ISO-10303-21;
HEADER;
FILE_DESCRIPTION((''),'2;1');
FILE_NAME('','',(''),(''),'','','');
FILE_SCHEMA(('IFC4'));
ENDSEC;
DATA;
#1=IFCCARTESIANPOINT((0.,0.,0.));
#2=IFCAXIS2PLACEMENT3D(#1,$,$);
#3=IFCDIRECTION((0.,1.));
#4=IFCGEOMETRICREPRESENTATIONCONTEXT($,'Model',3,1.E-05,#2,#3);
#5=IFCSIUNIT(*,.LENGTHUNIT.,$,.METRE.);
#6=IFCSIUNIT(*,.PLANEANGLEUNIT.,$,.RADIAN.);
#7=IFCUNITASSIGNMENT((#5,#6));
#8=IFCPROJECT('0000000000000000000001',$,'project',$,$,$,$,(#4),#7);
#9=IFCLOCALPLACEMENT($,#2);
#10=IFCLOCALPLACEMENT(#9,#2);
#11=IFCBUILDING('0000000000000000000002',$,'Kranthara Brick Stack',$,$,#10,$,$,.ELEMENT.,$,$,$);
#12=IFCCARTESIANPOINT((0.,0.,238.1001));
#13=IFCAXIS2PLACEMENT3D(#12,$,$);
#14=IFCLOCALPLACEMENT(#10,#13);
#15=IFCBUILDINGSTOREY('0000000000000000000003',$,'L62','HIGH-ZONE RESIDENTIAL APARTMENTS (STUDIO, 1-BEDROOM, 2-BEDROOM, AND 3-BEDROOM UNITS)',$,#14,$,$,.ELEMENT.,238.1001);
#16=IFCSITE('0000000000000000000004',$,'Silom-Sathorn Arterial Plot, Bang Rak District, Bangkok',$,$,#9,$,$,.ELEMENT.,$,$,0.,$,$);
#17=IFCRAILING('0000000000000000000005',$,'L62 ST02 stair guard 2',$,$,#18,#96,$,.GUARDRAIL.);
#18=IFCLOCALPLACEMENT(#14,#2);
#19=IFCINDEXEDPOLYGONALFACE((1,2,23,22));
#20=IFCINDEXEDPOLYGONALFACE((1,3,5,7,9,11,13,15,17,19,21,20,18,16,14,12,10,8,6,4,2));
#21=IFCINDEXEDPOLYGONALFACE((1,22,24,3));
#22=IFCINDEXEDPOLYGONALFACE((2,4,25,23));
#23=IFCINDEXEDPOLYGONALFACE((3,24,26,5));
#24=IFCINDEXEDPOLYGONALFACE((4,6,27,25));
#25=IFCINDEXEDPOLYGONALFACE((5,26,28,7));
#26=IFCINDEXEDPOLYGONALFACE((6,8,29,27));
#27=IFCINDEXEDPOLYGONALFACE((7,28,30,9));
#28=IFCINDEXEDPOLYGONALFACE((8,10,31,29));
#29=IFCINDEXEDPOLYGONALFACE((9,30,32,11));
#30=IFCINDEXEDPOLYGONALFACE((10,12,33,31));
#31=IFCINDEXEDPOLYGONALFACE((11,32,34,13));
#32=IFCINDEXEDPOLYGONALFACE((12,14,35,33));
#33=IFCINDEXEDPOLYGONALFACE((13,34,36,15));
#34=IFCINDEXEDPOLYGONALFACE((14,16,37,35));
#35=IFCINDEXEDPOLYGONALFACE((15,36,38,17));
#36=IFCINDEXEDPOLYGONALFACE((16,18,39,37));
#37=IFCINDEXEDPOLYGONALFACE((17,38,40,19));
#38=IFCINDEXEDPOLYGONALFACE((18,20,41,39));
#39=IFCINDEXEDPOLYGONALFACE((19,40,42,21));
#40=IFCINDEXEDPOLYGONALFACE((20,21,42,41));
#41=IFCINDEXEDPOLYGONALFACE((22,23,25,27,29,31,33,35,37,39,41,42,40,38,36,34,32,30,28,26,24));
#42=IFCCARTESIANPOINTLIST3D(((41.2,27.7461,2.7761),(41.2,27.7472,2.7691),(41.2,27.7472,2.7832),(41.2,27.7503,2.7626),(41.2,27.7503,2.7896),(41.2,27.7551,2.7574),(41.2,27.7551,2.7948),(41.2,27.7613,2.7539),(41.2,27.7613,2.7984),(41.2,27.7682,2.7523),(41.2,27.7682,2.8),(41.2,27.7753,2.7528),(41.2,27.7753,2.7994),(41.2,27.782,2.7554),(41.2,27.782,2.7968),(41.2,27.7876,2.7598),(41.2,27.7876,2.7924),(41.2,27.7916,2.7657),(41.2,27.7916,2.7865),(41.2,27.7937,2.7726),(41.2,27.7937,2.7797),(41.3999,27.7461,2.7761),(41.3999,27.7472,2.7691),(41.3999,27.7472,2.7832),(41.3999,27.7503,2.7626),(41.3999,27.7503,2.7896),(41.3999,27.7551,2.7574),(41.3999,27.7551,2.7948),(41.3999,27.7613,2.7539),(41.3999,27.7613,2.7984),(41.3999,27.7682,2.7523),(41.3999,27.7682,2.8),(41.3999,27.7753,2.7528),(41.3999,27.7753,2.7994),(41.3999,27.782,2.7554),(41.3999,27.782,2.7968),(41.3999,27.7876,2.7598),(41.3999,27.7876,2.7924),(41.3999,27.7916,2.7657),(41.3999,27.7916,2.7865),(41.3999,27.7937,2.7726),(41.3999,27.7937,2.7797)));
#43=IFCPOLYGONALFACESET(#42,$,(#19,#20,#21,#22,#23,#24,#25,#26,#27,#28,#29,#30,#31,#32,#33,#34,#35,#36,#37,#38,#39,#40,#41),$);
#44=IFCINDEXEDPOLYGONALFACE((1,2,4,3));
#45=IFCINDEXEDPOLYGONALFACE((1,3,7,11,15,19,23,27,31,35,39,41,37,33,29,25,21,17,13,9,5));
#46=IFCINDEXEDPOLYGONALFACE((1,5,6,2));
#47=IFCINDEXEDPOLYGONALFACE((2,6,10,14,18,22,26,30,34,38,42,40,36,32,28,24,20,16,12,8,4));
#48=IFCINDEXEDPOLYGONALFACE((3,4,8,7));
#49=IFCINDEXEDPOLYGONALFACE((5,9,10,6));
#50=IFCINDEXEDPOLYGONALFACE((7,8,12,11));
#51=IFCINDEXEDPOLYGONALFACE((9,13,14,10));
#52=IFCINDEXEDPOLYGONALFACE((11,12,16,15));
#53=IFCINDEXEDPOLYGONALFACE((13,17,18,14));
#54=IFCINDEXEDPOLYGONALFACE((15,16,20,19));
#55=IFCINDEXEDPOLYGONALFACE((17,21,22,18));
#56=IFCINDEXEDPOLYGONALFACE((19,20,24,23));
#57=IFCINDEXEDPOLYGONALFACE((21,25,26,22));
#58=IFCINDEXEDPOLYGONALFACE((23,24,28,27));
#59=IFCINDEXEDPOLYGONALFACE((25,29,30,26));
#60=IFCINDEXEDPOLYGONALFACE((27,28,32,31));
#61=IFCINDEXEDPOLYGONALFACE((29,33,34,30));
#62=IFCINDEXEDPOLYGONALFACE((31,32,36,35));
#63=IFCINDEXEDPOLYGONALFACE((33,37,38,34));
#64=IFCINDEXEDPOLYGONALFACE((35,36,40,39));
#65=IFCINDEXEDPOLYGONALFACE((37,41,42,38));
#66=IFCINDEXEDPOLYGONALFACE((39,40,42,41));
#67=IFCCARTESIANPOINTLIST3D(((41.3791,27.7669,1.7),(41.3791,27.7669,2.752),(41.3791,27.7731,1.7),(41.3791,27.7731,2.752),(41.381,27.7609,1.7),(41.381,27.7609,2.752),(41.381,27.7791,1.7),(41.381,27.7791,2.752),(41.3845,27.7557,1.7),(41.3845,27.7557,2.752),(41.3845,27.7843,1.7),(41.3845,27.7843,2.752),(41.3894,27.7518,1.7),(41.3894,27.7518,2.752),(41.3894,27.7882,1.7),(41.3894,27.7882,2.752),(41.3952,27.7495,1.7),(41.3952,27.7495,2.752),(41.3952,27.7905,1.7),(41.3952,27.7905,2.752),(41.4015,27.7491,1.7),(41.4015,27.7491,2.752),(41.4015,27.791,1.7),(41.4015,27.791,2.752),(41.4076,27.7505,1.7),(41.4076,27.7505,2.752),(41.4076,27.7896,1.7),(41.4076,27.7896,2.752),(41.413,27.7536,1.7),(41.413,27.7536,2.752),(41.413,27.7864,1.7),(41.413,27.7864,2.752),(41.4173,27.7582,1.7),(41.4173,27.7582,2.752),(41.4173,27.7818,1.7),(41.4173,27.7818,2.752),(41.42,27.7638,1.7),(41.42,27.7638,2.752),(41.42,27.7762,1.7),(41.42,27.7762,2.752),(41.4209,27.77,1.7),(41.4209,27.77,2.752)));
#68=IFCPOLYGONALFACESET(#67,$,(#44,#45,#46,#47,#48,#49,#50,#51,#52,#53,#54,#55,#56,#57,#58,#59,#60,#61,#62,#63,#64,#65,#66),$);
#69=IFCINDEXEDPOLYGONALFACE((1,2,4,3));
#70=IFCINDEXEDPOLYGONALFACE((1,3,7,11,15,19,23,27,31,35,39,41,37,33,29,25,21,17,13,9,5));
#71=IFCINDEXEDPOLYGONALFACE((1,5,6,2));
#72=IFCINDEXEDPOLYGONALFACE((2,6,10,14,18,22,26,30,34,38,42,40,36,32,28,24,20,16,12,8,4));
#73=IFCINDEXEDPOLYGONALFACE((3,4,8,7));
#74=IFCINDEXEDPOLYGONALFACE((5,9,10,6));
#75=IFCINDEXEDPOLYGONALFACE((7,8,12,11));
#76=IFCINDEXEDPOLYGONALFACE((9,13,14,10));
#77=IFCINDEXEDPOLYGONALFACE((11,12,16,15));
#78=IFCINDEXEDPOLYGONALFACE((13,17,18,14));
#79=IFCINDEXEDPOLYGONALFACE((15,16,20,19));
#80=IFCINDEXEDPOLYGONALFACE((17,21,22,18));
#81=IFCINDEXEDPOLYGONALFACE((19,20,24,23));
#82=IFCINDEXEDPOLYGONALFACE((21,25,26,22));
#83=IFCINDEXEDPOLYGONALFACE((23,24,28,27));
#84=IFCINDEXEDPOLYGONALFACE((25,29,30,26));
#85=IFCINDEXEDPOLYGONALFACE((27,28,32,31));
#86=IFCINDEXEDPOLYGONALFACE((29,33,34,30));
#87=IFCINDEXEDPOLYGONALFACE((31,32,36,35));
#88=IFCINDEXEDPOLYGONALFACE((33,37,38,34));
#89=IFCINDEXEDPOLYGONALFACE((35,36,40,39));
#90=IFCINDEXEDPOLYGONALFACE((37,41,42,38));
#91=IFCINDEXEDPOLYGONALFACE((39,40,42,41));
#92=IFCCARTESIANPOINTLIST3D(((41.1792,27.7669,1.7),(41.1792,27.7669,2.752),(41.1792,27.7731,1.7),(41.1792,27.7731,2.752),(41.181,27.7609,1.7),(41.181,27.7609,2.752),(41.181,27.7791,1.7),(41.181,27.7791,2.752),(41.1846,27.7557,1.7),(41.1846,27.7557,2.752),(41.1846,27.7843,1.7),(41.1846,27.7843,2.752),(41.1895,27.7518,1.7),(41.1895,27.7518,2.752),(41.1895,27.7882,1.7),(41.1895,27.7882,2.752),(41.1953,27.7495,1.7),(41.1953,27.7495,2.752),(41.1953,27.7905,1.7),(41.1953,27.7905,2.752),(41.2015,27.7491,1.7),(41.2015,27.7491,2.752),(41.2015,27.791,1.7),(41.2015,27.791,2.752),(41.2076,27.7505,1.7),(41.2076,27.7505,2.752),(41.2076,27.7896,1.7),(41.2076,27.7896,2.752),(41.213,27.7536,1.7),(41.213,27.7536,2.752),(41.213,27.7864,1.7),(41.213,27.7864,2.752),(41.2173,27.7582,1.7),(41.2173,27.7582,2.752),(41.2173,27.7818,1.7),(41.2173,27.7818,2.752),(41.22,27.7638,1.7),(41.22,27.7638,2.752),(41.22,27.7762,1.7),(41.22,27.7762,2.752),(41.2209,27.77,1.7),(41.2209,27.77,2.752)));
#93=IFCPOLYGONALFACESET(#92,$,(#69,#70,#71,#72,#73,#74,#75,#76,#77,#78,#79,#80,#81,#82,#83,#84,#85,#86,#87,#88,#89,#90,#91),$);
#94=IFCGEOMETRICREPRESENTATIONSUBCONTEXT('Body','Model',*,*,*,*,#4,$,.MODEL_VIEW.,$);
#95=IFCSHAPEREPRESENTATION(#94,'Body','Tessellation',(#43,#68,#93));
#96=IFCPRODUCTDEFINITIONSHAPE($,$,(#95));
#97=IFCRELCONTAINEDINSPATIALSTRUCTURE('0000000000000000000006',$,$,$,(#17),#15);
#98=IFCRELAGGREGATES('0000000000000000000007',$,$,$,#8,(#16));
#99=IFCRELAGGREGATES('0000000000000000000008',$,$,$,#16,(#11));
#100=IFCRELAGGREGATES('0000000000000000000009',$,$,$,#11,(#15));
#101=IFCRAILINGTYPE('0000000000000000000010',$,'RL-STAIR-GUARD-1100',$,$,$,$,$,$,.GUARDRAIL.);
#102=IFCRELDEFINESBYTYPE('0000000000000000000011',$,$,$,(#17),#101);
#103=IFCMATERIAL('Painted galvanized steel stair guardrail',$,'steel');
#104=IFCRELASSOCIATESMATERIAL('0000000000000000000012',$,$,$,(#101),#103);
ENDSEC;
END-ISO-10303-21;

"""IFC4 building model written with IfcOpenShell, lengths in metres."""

from ifc_helpers import new_model, si_unit, direction, frame, origin, origin_2d, place, context, subcontext, project, spatial, circle, extrude, material, type_object, element, save


model = new_model("IFC4")

# Units and contexts
model_context = context("Model", 3, precision=1e-05, world=origin(), true_north=direction((0.0, 1.0)))
body_context = subcontext(model_context, "Body", "Model", "MODEL_VIEW")
ifc_project = project(units=[si_unit("LENGTHUNIT", "METRE"), si_unit("PLANEANGLEUNIT", "RADIAN")], contexts=[model_context])

# Site, building, storey
site_placement = place(None, origin())
site = spatial("IfcSite", under=ifc_project, at=site_placement, Name="Silom-Sathorn Arterial Plot, Bang Rak District, Bangkok", CompositionType="ELEMENT", RefElevation=0.0)
building_placement = place(site_placement, origin())
building = spatial("IfcBuilding", under=site, at=building_placement, Name="Kranthara Brick Stack", CompositionType="ELEMENT")
storey_placement = place(building_placement, frame((0.0, 0.0, 238.1001)))
storey = spatial("IfcBuildingStorey", under=building, at=storey_placement, Name="L62", Description="HIGH-ZONE RESIDENTIAL APARTMENTS (STUDIO, 1-BEDROOM, 2-BEDROOM, AND 3-BEDROOM UNITS)", CompositionType="ELEMENT", Elevation=238.1001)

# Railing
ifc_material_1 = material(Name="Painted galvanized steel stair guardrail", Category="steel")
railing_type = type_object("IfcRailingType", Name="RL-STAIR-GUARD-1100", PredefinedType="GUARDRAIL", material=ifc_material_1)
railing_1_placement = place(storey_placement, frame((41.3999, 27.77, 1.7)))
element("IfcRailing", 1, at=railing_1_placement, inside=storey, type_object=railing_type, Name="L62 ST02 stair guard 2", PredefinedType="GUARDRAIL", context=body_context, shape_type="SweptSolid", body=[
    extrude(circle(Radius=0.0239, at=origin_2d()), frame((0.0, 0.0, 1.0762), z_axis=(-1.0, 0.0, 0.0), x_axis=(0.0, -1.0, 0.0)), (0.0, 0.0, 1.0), 0.2),
    extrude(circle(Radius=0.021, at=origin_2d()), origin(), (0.0, 0.0, 1.0), 1.052),
    extrude(circle(Radius=0.021, at=origin_2d()), frame((-0.2, 0.0, 0.0)), (0.0, 0.0, 1.0), 1.052),
])

save(model, "model.ifc")
